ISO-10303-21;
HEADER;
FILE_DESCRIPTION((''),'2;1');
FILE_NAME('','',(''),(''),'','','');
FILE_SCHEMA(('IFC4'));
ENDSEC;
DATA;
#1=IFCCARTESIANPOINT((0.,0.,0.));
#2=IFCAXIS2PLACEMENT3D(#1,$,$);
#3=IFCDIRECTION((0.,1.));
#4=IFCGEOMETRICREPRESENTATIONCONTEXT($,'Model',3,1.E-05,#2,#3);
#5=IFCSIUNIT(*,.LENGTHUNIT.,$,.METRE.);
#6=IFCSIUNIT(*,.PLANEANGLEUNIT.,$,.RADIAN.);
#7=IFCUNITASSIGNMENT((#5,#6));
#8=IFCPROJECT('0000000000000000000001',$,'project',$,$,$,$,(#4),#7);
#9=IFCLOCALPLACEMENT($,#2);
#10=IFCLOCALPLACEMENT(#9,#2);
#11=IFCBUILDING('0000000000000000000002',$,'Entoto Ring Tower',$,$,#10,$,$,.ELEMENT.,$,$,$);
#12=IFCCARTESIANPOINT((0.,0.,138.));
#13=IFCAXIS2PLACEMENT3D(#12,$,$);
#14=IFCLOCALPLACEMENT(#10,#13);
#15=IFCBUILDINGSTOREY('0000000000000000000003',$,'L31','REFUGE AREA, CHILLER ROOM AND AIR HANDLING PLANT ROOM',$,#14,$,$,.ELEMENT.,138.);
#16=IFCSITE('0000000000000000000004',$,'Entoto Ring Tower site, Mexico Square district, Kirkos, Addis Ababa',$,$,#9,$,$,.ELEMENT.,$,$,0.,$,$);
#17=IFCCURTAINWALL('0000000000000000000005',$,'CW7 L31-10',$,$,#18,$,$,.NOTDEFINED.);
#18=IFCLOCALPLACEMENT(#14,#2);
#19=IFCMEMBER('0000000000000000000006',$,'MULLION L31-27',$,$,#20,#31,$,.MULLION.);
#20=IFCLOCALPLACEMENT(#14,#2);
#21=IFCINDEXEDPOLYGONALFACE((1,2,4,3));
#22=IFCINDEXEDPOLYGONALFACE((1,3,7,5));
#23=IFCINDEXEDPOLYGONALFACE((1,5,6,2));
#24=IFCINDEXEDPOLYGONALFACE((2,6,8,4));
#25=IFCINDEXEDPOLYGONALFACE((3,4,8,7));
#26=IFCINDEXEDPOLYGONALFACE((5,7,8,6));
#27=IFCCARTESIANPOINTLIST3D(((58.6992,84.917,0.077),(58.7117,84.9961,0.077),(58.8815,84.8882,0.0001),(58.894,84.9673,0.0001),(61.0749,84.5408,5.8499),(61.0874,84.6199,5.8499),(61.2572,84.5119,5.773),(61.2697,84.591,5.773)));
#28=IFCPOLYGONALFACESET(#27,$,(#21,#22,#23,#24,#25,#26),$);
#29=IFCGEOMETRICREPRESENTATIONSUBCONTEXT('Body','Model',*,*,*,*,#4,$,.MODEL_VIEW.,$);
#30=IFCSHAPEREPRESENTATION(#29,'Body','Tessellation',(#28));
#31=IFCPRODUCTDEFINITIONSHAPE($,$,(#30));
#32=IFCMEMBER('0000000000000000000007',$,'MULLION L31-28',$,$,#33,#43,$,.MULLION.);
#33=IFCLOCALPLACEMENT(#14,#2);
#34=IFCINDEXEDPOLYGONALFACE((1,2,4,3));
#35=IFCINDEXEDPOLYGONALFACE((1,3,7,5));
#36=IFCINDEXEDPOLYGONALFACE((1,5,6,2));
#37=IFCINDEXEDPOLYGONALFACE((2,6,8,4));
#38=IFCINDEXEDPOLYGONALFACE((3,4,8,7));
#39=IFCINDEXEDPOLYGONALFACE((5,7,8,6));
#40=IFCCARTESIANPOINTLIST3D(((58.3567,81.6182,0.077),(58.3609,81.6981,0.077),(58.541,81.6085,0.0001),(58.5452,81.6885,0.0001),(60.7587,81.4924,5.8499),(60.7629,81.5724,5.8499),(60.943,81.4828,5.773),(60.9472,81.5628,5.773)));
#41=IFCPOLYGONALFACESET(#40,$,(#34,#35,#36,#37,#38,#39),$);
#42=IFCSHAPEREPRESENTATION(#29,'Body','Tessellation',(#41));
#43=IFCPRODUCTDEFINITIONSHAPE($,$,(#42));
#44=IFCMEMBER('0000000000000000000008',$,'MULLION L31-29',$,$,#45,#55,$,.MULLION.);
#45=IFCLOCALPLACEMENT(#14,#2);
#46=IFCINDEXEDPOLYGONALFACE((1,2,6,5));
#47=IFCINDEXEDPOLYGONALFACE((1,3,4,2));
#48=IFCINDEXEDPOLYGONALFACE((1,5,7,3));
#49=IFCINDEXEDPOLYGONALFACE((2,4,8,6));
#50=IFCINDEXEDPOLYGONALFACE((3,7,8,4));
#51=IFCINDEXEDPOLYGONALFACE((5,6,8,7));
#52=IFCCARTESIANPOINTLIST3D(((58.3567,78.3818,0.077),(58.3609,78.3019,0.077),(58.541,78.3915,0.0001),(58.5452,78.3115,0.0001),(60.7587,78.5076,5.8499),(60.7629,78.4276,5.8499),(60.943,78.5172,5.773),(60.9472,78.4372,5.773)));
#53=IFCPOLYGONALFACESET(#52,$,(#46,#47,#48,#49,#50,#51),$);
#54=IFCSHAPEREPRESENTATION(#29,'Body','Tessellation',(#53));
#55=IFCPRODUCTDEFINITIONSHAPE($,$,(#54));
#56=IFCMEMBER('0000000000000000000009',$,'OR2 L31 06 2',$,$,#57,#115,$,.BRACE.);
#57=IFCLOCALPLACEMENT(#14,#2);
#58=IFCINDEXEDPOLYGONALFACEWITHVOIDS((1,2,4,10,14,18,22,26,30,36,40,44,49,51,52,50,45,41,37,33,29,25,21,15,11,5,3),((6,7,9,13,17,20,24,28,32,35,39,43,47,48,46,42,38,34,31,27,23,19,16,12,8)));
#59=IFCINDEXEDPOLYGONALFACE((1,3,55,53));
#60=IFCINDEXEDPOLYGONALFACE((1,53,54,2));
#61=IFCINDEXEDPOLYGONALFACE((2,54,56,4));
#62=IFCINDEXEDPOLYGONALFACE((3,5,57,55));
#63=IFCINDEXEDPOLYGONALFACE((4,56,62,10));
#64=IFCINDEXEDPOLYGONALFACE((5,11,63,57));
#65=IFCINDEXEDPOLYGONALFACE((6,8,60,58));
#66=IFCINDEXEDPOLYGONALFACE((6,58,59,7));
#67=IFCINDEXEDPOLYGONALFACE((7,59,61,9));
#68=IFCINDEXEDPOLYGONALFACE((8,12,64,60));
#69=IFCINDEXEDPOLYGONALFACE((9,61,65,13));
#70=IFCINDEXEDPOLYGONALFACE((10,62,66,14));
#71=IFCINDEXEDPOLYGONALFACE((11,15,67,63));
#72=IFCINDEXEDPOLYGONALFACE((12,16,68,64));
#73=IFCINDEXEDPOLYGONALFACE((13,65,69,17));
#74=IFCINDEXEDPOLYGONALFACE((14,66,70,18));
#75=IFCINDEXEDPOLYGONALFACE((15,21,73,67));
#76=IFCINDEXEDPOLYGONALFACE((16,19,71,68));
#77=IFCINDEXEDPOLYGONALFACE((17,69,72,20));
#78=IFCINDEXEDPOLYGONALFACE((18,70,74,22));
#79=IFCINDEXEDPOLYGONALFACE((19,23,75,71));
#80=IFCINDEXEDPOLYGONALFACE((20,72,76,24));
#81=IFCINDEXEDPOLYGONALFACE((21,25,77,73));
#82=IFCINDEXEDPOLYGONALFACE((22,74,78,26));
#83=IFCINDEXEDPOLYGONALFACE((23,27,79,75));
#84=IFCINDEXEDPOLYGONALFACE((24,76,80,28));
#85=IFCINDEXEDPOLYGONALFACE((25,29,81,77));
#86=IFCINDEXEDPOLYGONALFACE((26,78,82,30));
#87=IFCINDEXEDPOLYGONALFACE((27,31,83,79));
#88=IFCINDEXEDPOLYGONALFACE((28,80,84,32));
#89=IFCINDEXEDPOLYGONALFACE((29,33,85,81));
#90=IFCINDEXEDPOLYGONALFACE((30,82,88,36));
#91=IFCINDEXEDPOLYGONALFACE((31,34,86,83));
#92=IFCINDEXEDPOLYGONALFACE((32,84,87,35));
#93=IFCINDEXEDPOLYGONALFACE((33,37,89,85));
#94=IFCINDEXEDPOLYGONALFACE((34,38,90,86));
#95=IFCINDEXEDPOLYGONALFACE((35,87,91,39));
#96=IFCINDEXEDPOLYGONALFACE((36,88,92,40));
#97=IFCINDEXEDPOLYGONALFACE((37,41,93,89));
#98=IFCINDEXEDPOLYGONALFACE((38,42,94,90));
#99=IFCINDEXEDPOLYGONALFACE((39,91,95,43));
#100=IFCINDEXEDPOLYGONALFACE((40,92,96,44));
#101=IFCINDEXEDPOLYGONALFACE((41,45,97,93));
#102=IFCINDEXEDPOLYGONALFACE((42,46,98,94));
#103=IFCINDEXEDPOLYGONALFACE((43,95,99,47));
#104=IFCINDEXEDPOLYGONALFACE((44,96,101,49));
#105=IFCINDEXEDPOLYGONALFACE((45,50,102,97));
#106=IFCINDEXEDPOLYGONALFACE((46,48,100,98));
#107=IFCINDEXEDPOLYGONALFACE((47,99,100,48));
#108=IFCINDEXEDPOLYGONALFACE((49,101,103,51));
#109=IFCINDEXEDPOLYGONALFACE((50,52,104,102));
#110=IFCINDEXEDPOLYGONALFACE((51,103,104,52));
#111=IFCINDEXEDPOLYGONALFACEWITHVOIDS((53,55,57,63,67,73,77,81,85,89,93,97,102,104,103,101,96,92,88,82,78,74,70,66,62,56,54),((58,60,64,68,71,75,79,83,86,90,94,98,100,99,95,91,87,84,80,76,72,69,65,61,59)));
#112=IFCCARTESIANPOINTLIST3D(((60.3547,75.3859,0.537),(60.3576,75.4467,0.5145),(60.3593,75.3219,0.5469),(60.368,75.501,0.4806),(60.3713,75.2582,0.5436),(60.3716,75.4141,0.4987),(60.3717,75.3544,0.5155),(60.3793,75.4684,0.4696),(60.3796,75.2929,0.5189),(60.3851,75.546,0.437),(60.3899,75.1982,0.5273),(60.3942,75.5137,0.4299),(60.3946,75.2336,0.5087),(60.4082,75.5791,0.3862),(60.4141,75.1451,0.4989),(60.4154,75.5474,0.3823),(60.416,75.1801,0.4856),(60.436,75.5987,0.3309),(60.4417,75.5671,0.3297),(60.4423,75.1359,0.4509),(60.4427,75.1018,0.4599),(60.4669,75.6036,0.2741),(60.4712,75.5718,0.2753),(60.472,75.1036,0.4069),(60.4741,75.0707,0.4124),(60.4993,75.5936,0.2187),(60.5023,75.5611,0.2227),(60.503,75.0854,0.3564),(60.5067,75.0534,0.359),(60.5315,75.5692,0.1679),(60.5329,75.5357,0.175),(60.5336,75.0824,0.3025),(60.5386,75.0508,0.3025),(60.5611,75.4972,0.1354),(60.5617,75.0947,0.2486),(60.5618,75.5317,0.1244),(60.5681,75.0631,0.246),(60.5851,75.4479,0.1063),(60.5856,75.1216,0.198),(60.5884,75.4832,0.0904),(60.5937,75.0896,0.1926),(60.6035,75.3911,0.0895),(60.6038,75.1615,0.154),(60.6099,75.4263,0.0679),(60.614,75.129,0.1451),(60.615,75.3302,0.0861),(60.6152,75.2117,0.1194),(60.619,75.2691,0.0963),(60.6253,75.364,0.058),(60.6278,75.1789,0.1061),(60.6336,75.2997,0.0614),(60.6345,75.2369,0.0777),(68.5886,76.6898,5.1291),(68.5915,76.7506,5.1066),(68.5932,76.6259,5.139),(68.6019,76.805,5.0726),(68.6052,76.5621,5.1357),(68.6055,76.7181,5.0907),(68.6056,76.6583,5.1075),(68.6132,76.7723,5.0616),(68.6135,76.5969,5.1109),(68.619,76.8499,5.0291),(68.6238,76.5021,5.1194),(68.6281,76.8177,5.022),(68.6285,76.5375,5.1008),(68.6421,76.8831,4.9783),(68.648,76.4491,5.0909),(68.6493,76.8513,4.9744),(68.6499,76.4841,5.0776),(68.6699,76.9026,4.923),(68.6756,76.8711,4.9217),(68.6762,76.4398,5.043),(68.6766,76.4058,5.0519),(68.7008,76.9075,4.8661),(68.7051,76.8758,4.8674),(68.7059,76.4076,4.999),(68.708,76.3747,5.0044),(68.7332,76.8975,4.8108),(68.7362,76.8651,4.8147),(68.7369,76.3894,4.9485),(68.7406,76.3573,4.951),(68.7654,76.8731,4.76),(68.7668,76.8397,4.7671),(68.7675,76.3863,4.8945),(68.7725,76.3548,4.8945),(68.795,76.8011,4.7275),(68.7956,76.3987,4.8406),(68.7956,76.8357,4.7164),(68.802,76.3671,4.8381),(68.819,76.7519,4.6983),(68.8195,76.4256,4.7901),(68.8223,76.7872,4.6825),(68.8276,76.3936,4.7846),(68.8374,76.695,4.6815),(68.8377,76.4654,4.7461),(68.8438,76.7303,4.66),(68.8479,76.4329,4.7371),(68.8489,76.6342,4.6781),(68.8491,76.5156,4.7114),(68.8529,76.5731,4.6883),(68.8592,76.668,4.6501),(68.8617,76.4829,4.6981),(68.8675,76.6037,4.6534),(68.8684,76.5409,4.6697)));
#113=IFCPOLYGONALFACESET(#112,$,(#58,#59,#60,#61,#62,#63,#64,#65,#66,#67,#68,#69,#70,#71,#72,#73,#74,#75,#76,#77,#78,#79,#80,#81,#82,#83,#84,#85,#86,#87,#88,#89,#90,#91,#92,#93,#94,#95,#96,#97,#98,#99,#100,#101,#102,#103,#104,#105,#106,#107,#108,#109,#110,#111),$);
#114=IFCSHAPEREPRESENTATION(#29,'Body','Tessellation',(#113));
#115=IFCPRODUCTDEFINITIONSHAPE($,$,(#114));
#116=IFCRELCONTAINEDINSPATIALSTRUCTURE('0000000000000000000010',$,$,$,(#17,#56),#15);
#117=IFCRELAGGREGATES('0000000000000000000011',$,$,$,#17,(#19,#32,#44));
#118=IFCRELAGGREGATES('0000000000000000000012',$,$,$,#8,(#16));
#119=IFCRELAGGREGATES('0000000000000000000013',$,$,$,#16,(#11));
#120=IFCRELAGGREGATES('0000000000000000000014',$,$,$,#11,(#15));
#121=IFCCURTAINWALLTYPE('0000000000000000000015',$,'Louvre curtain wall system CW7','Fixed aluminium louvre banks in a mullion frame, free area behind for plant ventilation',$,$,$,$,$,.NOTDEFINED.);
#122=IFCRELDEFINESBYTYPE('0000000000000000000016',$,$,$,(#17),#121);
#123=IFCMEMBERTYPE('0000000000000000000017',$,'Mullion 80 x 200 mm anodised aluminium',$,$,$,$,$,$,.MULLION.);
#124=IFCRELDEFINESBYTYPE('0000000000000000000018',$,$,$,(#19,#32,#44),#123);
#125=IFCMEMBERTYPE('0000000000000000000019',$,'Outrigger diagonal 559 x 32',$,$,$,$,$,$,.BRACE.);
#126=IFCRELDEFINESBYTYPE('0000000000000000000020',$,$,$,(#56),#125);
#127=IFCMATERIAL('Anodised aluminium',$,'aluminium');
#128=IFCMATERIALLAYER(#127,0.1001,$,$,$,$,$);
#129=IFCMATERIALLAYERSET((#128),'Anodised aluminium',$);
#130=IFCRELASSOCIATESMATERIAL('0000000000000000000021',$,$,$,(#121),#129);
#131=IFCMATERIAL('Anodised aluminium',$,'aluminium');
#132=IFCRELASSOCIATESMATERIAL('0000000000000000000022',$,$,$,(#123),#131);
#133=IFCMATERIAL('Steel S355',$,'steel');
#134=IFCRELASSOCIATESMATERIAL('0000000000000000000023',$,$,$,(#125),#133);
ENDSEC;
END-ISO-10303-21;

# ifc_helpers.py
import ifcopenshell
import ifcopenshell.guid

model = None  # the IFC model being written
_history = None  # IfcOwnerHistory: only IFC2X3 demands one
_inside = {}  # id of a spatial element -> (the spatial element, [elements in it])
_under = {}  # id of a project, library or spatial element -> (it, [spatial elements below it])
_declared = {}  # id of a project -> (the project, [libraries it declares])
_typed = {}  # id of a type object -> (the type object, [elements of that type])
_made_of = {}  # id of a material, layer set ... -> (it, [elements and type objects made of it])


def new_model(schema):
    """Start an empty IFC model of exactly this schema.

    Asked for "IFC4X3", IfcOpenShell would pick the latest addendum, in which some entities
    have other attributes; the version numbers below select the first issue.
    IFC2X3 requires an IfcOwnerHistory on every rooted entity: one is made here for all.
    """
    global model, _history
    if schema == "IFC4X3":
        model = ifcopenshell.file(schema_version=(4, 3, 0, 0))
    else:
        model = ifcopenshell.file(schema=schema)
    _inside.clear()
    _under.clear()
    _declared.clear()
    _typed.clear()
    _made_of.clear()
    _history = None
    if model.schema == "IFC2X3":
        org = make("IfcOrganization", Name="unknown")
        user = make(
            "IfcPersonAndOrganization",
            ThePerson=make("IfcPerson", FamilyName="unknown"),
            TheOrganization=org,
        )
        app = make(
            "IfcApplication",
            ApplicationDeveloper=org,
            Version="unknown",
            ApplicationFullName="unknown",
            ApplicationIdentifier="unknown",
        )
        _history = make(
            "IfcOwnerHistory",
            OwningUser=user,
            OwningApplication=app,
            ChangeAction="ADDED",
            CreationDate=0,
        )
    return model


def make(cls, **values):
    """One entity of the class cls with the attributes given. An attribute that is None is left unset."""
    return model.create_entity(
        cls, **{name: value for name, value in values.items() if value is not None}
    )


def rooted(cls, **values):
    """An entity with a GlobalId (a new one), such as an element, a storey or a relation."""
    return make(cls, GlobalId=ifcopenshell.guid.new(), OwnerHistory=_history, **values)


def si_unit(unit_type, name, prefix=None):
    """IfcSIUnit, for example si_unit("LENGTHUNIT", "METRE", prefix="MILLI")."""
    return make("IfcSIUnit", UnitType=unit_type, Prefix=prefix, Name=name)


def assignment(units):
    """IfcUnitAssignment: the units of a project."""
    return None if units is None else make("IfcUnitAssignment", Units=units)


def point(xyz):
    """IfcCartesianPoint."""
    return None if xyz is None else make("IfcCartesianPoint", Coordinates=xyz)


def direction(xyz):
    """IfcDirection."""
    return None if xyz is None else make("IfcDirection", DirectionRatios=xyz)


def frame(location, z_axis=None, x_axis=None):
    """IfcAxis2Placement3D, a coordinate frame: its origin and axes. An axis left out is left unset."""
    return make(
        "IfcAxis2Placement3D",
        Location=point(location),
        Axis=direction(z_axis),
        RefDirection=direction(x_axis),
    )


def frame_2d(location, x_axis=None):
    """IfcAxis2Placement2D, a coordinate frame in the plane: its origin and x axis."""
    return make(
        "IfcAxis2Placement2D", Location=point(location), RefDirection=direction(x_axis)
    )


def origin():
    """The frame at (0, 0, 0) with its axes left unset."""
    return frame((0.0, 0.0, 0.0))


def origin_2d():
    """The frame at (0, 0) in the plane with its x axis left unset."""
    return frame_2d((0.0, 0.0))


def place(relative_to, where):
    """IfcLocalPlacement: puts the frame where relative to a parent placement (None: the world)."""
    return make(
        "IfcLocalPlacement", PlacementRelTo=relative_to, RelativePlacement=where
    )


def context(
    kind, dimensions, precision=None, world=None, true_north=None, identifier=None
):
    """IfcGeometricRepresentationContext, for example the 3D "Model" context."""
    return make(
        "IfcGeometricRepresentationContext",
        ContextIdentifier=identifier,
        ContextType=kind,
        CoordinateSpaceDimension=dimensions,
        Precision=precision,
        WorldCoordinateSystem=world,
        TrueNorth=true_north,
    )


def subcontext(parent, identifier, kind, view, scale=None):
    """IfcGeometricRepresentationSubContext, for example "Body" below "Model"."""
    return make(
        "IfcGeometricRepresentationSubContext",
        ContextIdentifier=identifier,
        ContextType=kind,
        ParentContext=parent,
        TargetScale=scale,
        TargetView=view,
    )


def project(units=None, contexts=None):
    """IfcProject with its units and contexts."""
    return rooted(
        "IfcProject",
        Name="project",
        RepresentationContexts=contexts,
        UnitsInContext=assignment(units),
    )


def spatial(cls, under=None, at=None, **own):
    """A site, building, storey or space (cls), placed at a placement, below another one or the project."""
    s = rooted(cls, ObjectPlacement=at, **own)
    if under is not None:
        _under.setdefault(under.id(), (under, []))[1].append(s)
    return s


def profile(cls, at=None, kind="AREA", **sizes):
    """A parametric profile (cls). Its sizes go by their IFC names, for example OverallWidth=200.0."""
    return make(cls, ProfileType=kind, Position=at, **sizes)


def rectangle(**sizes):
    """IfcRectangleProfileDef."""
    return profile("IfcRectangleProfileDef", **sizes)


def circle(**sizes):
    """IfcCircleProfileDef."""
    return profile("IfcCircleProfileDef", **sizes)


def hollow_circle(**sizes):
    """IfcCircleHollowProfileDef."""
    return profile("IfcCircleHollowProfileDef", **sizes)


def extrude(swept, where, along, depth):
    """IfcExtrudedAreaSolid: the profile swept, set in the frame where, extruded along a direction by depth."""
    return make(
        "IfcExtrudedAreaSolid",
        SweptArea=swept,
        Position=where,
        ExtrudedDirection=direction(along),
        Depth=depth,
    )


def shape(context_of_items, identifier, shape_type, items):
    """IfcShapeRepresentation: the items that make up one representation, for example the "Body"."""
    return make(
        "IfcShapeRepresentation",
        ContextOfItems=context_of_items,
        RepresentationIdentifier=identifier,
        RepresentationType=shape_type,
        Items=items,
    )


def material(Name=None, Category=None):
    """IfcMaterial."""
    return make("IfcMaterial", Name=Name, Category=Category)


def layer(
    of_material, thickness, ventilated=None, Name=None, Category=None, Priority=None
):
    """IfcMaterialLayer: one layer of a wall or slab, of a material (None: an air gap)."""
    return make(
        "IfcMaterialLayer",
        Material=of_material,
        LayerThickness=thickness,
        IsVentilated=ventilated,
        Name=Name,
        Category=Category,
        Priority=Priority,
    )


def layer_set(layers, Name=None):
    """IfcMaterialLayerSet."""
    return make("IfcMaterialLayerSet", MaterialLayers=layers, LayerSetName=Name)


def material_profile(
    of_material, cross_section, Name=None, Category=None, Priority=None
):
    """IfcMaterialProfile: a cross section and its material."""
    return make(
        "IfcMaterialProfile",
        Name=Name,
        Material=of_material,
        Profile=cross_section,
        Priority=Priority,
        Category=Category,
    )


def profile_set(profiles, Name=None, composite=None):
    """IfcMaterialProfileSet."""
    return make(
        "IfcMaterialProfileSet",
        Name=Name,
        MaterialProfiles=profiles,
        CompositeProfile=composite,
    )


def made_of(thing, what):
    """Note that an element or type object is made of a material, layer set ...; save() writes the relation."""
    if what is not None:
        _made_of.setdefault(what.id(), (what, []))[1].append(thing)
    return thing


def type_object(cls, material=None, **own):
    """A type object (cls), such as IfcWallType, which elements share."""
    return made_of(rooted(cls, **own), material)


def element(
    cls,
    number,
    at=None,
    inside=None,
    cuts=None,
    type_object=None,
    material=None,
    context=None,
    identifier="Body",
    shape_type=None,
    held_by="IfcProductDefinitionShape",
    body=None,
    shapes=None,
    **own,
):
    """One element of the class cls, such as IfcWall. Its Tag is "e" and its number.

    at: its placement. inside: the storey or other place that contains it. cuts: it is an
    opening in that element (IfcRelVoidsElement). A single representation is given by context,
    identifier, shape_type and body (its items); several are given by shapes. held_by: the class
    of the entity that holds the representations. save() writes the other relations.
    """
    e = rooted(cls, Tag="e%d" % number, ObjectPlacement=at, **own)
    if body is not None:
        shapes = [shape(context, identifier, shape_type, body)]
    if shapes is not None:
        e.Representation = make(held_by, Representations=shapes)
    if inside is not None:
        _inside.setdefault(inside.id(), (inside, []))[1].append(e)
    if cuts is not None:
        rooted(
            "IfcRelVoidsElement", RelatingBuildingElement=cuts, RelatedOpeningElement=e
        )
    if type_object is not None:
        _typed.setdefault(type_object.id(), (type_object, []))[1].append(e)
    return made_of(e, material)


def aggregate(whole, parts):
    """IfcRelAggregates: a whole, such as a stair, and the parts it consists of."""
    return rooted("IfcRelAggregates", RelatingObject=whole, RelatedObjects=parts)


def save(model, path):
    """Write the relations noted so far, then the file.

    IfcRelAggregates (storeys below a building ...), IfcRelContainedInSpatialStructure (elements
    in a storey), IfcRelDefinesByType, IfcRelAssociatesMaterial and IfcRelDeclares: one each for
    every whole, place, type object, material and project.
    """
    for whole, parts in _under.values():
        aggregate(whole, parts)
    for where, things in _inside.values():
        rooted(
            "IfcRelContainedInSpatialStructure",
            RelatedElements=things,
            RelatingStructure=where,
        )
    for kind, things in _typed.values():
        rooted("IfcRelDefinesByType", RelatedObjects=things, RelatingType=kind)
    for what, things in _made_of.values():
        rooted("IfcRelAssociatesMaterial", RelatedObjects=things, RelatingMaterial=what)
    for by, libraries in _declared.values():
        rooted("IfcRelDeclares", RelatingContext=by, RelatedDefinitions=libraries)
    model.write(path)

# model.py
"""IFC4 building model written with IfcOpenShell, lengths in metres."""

from ifc_helpers import new_model, si_unit, direction, frame, origin, origin_2d, place, context, subcontext, project, spatial, rectangle, circle, hollow_circle, extrude, material, layer, layer_set, material_profile, profile_set, type_object, element, aggregate, save


model = new_model("IFC4")

# Units and contexts
model_context = context("Model", 3, precision=1e-05, world=origin(), true_north=direction((0.0, 1.0)))
body_context = subcontext(model_context, "Body", "Model", "MODEL_VIEW")
ifc_project = project(units=[si_unit("LENGTHUNIT", "METRE"), si_unit("PLANEANGLEUNIT", "RADIAN")], contexts=[model_context])

# Site, building, storey
site_placement = place(None, origin())
site = spatial("IfcSite", under=ifc_project, at=site_placement, Name="Entoto Ring Tower site, Mexico Square district, Kirkos, Addis Ababa", CompositionType="ELEMENT", RefElevation=0.0)
building_placement = place(site_placement, origin())
building = spatial("IfcBuilding", under=site, at=building_placement, Name="Entoto Ring Tower", CompositionType="ELEMENT")
storey_placement = place(building_placement, frame((0.0, 0.0, 138.0)))
storey = spatial("IfcBuildingStorey", under=building, at=storey_placement, Name="L31", Description="REFUGE AREA, CHILLER ROOM AND AIR HANDLING PLANT ROOM", CompositionType="ELEMENT", Elevation=138.0)

# Curtain wall, members
ifc_material_1 = material(Name="Anodised aluminium", Category="aluminium")
ifc_layer_1 = layer(ifc_material_1, 0.1001)
ifc_layer_set_1 = layer_set([ifc_layer_1], Name="Anodised aluminium")
curtain_wall_type = type_object("IfcCurtainWallType", Name="Louvre curtain wall system CW7", Description="Fixed aluminium louvre banks in a mullion frame, free area behind for plant ventilation", PredefinedType="NOTDEFINED", material=ifc_layer_set_1)
ifc_material_2 = material(Name="Anodised aluminium", Category="aluminium")
ifc_material_profile_1 = material_profile(ifc_material_2, rectangle(XDim=0.0801, YDim=0.2, at=origin_2d()), Name="Mullion 80 x 200 mm anodised aluminium")
ifc_profile_set_1 = profile_set([ifc_material_profile_1], Name="Anodised aluminium")
member_type_1 = type_object("IfcMemberType", Name="Mullion 80 x 200 mm anodised aluminium", PredefinedType="MULLION", material=ifc_profile_set_1)
curtain_wall_1_placement = place(storey_placement, origin())
curtain_wall_1 = element("IfcCurtainWall", 1, at=curtain_wall_1_placement, inside=storey, type_object=curtain_wall_type, Name="CW7 L31-10", PredefinedType="NOTDEFINED")
member_1_placement = place(storey_placement, frame((58.7966, 84.9421, 0.0386), z_axis=(0.379874, -0.060157, 0.92308), x_axis=(0.156411, 0.987692, 0.0)))
member_1 = element("IfcMember", 2, at=member_1_placement, type_object=member_type_1, Name="MULLION L31-27", PredefinedType="MULLION", context=body_context, shape_type="SweptSolid", body=[
    extrude(rectangle(XDim=0.0801, YDim=0.2, at=origin_2d()), origin(), (0.0, 0.0, 1.0), 6.2539),
])
member_2_placement = place(storey_placement, frame((58.4509, 81.6533, 0.0386), z_axis=(0.384089, -0.020104, 0.923077), x_axis=(0.052271, 0.998633, 0.0)))
member_2 = element("IfcMember", 3, at=member_2_placement, type_object=member_type_1, Name="MULLION L31-28", PredefinedType="MULLION", context=body_context, shape_type="SweptSolid", body=[
    extrude(rectangle(XDim=0.0801, YDim=0.2, at=origin_2d()), origin(), (0.0, 0.0, 1.0), 6.2539),
])
member_3_placement = place(storey_placement, frame((58.4509, 78.3467, 0.0386), z_axis=(0.384089, 0.020104, 0.923077), x_axis=(-0.052271, 0.998633, 0.0)))
member_3 = element("IfcMember", 4, at=member_3_placement, type_object=member_type_1, Name="MULLION L31-29", PredefinedType="MULLION", context=body_context, shape_type="SweptSolid", body=[
    extrude(rectangle(XDim=0.0801, YDim=0.2, at=origin_2d()), origin(), (0.0, 0.0, 1.0), 6.2539),
])
aggregate(curtain_wall_1, [member_1, member_2, member_3])

# Member
ifc_material_3 = material(Name="Steel S355", Category="steel")
ifc_material_profile_2 = material_profile(ifc_material_3, hollow_circle(Radius=0.2795, WallThickness=0.032, at=origin_2d()), Name="CHS 559 x 32")
ifc_material_4 = material(Name="Concrete C60/75", Category="concrete")
ifc_material_profile_3 = material_profile(ifc_material_4, circle(Radius=0.2476, at=origin_2d()), Name="Concrete C60/75 infill")
ifc_profile_set_2 = profile_set([ifc_material_profile_2, ifc_material_profile_3], Name="Steel S355")
member_type_2 = type_object("IfcMemberType", Name="Outrigger diagonal 559 x 32", PredefinedType="BRACE", material=ifc_profile_set_2)
member_4_placement = place(storey_placement, frame((68.7288, 76.6309, 4.8945), z_axis=(-0.865125, -0.137005, -0.482481), x_axis=(0.156415, -0.987691, 0.0)))
element("IfcMember", 5, at=member_4_placement, inside=storey, type_object=member_type_2, Name="OR2 L31 06 2", PredefinedType="BRACE", context=body_context, shape_type="SweptSolid", body=[
    extrude(hollow_circle(Radius=0.2795, WallThickness=0.032, at=origin_2d()), origin(), (0.0, 0.0, 1.0), 9.5176),
])

save(model, "model.ifc")
